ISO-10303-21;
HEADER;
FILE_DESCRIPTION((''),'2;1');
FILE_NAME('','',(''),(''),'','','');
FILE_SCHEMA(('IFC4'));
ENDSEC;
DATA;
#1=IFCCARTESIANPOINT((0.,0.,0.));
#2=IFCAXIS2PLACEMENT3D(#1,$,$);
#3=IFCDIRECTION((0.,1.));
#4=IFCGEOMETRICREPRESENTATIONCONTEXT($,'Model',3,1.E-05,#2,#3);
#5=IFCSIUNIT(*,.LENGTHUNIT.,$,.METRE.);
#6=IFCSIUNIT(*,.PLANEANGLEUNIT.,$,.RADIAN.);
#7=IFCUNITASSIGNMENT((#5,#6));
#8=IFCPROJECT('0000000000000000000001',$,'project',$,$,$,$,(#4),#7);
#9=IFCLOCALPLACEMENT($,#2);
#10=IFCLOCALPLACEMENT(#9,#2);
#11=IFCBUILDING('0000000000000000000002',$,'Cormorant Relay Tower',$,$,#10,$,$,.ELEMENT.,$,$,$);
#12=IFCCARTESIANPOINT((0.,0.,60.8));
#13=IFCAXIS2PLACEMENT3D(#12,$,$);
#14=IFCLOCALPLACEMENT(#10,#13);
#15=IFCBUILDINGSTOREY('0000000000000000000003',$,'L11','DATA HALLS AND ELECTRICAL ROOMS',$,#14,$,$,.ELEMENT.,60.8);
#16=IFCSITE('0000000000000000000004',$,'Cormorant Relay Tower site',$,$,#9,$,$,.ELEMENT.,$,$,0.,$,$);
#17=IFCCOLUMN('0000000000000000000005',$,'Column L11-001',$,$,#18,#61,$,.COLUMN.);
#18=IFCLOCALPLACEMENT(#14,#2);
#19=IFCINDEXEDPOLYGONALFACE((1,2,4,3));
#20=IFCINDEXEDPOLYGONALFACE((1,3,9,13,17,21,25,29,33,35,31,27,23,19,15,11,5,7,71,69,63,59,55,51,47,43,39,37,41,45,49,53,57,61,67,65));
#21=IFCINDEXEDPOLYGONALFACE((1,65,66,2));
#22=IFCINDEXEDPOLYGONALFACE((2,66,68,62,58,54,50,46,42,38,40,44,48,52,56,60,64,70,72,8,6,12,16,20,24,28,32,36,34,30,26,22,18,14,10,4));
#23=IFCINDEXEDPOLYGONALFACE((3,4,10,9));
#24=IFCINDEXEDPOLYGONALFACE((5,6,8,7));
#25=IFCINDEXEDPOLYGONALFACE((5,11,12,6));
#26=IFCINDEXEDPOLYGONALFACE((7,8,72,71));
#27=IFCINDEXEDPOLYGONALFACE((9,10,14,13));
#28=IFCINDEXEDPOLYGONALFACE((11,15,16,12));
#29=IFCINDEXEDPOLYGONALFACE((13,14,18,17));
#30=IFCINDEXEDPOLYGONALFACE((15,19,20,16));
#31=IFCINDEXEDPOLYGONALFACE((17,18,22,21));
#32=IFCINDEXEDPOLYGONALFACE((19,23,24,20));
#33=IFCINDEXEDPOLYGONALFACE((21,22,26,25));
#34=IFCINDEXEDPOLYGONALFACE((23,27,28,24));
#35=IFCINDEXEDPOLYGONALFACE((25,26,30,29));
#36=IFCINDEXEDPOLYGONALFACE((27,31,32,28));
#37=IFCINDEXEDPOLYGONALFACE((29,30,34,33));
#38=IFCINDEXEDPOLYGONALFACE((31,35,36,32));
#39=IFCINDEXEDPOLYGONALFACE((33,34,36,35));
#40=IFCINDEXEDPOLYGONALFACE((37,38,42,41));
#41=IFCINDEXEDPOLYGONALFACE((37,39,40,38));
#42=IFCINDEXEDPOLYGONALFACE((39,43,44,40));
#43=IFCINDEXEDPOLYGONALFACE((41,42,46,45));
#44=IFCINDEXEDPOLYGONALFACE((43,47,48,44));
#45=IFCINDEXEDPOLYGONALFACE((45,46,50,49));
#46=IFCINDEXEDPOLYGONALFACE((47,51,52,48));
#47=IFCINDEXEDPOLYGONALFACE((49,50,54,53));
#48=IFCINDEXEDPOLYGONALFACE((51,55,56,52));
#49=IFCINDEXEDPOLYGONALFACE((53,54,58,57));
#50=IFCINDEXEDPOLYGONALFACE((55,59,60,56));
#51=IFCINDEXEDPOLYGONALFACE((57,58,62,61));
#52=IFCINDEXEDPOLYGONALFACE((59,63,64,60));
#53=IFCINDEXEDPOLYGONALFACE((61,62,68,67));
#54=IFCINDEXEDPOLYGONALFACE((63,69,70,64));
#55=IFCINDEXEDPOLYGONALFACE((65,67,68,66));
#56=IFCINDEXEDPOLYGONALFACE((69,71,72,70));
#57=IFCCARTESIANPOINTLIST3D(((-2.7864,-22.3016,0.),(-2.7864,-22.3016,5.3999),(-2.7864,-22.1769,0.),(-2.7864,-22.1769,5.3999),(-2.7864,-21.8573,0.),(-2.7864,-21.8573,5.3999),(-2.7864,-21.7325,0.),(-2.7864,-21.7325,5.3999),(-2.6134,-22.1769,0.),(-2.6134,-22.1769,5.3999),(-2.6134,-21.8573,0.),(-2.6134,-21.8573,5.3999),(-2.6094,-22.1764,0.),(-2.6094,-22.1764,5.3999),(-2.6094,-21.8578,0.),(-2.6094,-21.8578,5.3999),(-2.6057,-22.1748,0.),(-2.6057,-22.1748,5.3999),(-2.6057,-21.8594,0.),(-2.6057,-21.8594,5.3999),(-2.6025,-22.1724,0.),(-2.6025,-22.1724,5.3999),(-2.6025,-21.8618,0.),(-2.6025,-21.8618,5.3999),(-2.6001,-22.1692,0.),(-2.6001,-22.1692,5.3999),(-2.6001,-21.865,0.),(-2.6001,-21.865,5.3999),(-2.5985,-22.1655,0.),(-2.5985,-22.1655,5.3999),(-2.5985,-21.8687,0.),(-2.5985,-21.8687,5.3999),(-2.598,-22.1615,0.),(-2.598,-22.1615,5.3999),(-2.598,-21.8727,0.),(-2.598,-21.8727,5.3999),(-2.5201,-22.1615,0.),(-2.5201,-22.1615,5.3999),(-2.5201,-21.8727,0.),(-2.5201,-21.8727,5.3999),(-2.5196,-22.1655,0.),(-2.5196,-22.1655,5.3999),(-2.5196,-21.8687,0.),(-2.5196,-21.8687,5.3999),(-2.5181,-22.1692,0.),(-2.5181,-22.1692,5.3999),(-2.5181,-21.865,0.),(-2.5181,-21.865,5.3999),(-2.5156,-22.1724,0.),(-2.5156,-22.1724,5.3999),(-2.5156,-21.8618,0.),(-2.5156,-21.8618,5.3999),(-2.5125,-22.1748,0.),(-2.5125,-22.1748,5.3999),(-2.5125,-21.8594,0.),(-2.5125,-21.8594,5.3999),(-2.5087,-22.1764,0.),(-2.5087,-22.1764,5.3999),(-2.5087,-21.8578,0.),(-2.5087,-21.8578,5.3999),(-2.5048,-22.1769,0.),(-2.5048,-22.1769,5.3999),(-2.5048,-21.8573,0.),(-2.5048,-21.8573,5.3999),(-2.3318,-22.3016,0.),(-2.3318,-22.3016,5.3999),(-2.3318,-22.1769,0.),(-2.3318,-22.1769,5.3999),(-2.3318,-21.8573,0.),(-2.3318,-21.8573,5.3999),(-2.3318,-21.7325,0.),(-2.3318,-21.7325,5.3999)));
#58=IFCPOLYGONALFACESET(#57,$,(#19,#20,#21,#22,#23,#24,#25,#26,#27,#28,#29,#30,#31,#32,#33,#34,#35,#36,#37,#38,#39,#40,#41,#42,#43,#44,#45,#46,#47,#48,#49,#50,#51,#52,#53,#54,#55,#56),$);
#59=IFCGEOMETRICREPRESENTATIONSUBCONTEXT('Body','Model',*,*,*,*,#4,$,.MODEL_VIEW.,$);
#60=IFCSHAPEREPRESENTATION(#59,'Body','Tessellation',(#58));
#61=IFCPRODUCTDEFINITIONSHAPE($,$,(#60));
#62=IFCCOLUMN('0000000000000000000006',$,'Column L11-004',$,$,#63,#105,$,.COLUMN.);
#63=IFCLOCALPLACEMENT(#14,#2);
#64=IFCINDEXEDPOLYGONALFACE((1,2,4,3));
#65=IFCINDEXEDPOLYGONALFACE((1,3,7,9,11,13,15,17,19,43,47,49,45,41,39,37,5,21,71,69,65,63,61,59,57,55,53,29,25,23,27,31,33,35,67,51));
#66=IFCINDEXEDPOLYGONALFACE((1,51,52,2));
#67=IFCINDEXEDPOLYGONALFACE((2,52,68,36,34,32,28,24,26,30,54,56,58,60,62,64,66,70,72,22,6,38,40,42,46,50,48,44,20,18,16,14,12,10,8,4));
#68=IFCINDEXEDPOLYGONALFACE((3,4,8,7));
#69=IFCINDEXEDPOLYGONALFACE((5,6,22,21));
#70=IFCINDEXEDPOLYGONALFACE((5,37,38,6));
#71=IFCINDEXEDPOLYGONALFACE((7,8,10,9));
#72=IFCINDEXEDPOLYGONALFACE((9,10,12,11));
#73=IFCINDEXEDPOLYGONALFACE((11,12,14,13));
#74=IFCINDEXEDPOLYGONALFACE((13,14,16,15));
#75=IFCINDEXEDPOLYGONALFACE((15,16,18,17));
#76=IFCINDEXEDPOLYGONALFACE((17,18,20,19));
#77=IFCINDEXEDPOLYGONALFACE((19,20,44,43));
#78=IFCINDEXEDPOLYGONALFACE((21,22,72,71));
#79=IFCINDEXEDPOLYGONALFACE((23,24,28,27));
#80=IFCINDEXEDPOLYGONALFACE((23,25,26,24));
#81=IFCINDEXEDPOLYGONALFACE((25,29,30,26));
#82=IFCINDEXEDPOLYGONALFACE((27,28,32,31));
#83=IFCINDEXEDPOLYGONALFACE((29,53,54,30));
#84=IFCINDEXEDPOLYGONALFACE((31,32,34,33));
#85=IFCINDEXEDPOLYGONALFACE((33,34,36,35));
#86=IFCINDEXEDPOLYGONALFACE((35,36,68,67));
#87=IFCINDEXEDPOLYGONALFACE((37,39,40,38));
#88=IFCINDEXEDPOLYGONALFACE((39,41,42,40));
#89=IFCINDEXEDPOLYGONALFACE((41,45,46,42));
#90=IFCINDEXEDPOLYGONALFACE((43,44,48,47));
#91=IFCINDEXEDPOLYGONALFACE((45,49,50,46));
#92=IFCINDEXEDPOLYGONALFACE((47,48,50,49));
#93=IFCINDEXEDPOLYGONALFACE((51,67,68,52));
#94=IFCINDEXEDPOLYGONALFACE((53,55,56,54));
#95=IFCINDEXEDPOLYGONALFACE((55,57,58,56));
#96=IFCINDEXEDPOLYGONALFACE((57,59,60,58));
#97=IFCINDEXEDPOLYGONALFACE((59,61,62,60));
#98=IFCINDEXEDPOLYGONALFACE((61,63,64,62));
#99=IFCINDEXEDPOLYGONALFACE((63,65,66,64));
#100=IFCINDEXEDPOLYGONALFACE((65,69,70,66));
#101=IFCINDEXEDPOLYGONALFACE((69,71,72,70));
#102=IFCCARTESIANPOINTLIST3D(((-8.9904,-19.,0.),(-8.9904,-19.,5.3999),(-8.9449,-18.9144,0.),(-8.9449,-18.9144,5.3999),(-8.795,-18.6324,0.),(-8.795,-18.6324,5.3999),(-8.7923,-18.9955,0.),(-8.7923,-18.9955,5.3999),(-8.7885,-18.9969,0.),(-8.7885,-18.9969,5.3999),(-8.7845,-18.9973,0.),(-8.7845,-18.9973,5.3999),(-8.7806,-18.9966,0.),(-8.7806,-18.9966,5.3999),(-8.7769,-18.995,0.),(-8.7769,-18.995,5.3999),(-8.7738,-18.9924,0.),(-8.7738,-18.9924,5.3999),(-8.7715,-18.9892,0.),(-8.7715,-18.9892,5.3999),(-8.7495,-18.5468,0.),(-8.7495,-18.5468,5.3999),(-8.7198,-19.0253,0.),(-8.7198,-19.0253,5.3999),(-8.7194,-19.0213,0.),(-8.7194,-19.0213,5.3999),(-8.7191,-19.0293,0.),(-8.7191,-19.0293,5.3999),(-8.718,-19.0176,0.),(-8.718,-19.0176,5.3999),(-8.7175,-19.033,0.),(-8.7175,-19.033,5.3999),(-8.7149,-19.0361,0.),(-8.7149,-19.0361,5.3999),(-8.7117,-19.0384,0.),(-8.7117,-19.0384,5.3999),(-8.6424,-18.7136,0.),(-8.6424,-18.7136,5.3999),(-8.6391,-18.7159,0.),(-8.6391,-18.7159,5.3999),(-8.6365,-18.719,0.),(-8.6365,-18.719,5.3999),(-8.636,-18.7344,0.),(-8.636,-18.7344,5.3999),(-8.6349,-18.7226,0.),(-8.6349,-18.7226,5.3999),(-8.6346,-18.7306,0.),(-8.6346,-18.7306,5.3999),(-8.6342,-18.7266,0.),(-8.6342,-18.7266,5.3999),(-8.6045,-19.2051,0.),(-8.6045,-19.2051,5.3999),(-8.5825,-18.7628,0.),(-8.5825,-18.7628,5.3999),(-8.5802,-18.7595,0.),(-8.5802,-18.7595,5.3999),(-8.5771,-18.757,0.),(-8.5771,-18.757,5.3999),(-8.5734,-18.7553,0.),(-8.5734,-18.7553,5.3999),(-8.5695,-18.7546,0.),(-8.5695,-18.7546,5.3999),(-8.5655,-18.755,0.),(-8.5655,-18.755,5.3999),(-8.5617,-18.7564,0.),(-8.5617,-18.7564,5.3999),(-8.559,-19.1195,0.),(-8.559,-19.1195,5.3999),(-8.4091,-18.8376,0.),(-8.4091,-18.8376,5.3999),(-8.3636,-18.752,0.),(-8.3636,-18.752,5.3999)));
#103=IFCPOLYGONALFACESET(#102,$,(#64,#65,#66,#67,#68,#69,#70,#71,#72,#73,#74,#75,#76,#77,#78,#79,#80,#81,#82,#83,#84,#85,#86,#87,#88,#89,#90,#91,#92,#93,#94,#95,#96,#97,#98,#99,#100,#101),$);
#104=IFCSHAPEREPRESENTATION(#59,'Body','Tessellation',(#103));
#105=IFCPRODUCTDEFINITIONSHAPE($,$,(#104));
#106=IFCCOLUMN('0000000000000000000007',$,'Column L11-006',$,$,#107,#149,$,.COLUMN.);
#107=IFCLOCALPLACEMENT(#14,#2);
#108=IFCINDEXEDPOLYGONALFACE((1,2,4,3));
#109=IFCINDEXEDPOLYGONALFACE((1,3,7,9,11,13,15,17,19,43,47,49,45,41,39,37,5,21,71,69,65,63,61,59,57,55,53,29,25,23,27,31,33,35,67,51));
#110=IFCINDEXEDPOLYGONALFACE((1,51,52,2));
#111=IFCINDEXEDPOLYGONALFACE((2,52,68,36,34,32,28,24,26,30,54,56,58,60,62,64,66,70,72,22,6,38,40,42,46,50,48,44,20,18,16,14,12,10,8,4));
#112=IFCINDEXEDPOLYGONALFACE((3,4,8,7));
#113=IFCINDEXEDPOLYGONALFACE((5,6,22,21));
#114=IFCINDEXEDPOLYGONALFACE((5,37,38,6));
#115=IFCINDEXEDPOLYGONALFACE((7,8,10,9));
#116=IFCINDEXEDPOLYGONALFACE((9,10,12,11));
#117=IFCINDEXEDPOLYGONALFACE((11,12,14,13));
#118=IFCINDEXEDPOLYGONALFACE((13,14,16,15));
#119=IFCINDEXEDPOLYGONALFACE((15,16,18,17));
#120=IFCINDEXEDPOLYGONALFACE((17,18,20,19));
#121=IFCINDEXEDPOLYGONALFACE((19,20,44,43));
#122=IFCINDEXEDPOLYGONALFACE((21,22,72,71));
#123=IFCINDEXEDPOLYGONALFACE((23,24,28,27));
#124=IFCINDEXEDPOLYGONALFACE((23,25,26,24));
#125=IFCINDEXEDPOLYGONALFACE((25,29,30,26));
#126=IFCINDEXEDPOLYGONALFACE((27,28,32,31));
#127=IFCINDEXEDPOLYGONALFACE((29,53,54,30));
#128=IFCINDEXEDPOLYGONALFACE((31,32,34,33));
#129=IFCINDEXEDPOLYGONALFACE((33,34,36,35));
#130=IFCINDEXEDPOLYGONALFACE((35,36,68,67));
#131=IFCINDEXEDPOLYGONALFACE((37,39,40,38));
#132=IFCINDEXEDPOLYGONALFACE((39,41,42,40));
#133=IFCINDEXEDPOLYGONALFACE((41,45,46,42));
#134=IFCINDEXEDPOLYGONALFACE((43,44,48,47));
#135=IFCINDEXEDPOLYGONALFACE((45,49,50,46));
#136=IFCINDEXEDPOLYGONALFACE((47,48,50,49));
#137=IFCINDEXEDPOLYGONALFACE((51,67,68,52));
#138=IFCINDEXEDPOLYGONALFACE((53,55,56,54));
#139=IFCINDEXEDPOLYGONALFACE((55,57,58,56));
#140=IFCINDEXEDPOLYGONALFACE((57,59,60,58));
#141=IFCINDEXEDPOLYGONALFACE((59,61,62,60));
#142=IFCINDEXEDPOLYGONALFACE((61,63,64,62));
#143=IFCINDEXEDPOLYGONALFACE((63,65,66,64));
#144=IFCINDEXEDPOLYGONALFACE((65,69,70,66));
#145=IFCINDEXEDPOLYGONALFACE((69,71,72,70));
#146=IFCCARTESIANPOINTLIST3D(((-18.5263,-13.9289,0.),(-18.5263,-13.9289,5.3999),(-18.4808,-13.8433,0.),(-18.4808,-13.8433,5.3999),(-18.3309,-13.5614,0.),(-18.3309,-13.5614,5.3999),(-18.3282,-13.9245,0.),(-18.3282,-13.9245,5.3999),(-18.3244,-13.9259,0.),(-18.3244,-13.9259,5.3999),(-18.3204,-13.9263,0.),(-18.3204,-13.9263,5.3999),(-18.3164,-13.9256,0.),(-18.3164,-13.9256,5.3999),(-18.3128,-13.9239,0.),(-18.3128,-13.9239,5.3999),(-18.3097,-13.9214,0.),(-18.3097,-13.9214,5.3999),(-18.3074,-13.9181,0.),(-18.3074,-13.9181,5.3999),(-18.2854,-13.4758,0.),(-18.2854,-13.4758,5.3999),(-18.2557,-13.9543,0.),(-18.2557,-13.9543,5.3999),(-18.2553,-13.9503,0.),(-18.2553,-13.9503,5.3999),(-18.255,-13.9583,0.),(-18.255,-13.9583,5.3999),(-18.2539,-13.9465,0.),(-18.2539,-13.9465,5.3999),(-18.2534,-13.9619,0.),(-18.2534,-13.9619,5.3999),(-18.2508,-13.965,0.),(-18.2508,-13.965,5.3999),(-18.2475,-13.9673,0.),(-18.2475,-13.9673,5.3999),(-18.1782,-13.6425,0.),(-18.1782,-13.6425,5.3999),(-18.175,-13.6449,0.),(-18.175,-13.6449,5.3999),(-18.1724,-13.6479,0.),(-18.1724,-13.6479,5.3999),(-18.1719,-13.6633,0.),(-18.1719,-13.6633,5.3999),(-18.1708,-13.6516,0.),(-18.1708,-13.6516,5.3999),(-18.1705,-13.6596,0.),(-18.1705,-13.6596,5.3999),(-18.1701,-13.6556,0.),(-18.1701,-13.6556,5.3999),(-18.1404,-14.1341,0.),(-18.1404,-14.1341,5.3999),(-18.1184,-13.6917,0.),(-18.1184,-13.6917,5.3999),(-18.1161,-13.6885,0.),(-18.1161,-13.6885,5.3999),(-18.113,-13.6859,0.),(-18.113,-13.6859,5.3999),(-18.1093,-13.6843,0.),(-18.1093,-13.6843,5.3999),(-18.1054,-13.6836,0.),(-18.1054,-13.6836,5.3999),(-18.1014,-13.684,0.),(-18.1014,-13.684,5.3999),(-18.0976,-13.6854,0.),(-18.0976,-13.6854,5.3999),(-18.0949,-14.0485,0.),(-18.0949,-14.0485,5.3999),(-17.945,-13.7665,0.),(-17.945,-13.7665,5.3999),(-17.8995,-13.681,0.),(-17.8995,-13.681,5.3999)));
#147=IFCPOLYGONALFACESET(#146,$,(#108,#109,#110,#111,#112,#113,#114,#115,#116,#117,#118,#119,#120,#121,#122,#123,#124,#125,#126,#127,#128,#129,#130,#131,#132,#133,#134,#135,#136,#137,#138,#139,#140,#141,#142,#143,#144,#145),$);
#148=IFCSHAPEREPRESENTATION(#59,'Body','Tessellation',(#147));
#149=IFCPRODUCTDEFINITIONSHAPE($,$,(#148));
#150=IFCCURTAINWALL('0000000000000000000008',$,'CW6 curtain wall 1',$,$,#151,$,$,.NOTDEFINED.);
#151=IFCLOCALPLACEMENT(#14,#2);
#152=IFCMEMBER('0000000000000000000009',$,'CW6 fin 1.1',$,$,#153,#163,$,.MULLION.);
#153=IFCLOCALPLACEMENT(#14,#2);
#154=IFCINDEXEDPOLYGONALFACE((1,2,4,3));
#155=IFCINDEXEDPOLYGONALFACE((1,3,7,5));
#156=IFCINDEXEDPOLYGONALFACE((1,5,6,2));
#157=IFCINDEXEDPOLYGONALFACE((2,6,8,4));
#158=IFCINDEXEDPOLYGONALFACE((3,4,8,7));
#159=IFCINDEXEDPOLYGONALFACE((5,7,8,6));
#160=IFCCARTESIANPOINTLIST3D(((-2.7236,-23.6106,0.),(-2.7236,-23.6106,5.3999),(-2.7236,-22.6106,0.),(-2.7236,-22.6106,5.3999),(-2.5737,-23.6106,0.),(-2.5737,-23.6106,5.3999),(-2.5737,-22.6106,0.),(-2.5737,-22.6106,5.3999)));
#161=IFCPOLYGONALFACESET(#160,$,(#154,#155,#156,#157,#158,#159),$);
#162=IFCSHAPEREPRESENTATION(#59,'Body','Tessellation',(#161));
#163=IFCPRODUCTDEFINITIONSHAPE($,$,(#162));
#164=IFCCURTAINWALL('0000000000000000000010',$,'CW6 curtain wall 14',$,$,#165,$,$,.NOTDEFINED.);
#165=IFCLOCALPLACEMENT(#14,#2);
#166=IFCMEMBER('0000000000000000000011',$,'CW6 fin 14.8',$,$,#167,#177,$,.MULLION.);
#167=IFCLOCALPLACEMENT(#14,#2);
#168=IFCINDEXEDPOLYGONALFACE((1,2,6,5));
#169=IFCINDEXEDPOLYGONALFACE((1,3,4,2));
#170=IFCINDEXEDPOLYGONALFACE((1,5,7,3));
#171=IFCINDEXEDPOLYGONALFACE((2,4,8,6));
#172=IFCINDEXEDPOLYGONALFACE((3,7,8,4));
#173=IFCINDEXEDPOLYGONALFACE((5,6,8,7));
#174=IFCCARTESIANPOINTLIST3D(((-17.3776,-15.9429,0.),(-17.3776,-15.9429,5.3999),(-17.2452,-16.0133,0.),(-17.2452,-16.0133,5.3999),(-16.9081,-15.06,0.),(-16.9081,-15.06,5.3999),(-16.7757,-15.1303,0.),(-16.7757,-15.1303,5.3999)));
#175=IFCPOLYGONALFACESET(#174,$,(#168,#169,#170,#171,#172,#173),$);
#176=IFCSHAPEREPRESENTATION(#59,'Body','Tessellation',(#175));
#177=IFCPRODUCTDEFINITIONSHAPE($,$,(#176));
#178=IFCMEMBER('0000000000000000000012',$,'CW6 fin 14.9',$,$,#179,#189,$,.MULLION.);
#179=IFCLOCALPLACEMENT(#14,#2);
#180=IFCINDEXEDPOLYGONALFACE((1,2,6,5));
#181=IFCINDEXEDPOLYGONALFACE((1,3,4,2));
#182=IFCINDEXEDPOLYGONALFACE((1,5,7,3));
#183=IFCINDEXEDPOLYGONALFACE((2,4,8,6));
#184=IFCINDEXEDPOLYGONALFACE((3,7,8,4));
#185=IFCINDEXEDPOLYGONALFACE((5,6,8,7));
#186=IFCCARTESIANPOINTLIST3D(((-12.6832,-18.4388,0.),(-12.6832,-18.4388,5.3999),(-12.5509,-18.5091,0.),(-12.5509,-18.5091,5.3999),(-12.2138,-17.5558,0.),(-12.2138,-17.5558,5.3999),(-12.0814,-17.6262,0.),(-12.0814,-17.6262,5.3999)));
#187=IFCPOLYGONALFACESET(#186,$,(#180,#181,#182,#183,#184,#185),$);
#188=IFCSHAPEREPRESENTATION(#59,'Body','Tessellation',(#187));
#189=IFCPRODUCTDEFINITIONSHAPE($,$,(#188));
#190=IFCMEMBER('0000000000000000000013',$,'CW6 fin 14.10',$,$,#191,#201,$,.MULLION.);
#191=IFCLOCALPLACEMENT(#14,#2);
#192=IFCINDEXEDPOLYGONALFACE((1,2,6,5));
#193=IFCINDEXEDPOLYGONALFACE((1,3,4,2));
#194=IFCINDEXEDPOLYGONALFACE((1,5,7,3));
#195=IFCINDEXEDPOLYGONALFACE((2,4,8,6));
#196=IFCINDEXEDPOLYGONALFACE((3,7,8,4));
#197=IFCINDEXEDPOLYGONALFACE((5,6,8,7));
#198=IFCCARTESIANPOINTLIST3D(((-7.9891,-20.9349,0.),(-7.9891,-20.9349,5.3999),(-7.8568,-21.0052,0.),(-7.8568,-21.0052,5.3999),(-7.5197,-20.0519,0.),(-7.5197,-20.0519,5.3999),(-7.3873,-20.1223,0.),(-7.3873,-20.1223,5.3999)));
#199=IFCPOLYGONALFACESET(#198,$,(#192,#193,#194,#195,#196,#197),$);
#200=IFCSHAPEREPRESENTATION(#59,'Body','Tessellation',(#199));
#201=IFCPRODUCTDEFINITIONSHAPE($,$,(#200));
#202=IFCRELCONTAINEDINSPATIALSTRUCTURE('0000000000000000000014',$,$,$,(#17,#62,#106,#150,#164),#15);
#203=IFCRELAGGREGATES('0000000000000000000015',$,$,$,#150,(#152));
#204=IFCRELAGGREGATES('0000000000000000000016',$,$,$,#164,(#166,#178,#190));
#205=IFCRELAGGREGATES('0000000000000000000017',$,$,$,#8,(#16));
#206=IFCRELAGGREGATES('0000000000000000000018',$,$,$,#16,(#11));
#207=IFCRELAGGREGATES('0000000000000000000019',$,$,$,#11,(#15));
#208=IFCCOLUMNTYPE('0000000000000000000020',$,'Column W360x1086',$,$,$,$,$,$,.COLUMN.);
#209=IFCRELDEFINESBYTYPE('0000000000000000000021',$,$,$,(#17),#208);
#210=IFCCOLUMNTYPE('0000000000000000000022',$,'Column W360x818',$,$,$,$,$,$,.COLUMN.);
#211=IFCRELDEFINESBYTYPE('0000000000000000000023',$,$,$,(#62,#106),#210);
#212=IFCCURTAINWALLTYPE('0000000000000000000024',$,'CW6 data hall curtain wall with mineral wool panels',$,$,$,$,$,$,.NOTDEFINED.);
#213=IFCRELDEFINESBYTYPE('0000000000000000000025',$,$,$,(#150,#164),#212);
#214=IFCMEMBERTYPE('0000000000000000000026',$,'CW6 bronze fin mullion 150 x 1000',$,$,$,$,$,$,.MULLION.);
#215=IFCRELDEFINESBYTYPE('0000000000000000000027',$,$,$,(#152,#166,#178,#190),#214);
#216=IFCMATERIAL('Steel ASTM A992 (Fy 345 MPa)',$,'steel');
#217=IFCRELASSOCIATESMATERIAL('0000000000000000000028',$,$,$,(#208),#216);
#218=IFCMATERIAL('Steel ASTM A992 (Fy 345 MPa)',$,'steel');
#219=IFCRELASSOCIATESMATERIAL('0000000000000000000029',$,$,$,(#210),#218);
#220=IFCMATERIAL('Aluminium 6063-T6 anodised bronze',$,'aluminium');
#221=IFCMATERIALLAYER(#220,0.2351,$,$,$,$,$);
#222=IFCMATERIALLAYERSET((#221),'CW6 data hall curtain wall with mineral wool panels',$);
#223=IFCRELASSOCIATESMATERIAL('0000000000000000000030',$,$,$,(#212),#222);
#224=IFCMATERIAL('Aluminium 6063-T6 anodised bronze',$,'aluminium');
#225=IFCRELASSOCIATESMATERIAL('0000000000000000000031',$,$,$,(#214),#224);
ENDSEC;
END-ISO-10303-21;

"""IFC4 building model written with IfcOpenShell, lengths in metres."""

from ifc_helpers import new_model, si_unit, direction, frame, origin, origin_2d, place, context, subcontext, project, spatial, rectangle, i_section, extrude, material, layer, layer_set, material_profile, profile_set, type_object, element, aggregate, save


model = new_model("IFC4")

# Units and contexts
model_context = context("Model", 3, precision=1e-05, world=origin(), true_north=direction((0.0, 1.0)))
body_context = subcontext(model_context, "Body", "Model", "MODEL_VIEW")
ifc_project = project(units=[si_unit("LENGTHUNIT", "METRE"), si_unit("PLANEANGLEUNIT", "RADIAN")], contexts=[model_context])

# Site, building, storey
site_placement = place(None, origin())
site = spatial("IfcSite", under=ifc_project, at=site_placement, Name="Cormorant Relay Tower site", CompositionType="ELEMENT", RefElevation=0.0)
building_placement = place(site_placement, origin())
building = spatial("IfcBuilding", under=site, at=building_placement, Name="Cormorant Relay Tower", CompositionType="ELEMENT")
storey_placement = place(building_placement, frame((0.0, 0.0, 60.8)))
storey = spatial("IfcBuildingStorey", under=building, at=storey_placement, Name="L11", Description="DATA HALLS AND ELECTRICAL ROOMS", CompositionType="ELEMENT", Elevation=60.8)

# Columns
ifc_material_1 = material(Name="Steel ASTM A992 (Fy 345 MPa)", Category="steel")
ifc_material_profile_1 = material_profile(ifc_material_1, i_section(OverallWidth=0.4546, OverallDepth=0.5691, WebThickness=0.0779, FlangeThickness=0.1248, FilletRadius=0.0154, at=origin_2d()), Name="W360x1086")
ifc_profile_set_1 = profile_set([ifc_material_profile_1], Name="Steel ASTM A992 (Fy 345 MPa)")
column_type_1 = type_object("IfcColumnType", Name="Column W360x1086", PredefinedType="COLUMN", material=ifc_profile_set_1)
column_placement = place(storey_placement, frame((-2.5591, -22.0171, 0.0), z_axis=(0.0, 0.0, 1.0), x_axis=(1.0, 0.0, 0.0)))
element("IfcColumn", 1, at=column_placement, inside=storey, type_object=column_type_1, Name="Column L11-001", PredefinedType="COLUMN", context=body_context, shape_type="SweptSolid", body=[
    extrude(i_section(OverallWidth=0.4546, OverallDepth=0.5691, WebThickness=0.0779, FlangeThickness=0.1248, FilletRadius=0.0154, at=origin_2d()), origin(), (0.0, 0.0, 1.0), 5.3999),
])
ifc_material_2 = material(Name="Steel ASTM A992 (Fy 345 MPa)", Category="steel")
ifc_material_profile_2 = material_profile(ifc_material_2, i_section(OverallWidth=0.437, OverallDepth=0.5132, WebThickness=0.0605, FlangeThickness=0.0969, FilletRadius=0.0154, at=origin_2d()), Name="W360x818")
ifc_profile_set_2 = profile_set([ifc_material_profile_2], Name="Steel ASTM A992 (Fy 345 MPa)")
column_type_2 = type_object("IfcColumnType", Name="Column W360x818", PredefinedType="COLUMN", material=ifc_profile_set_2)
for number, where, z_axis, x_axis, name in (
    (2, (-8.677, -18.876, 0.0), (0.0, 0.0, 1.0), (0.882948, -0.469472, 0.0), "Column L11-004"),
    (3, (-18.2129, -13.8049, 0.0), (0.0, 0.0, 1.0), (0.882948, -0.469472, 0.0), "Column L11-006"),
):
    element("IfcColumn", number, at=place(storey_placement, frame(where, z_axis=z_axis, x_axis=x_axis)), inside=storey, type_object=column_type_2, Name=name, PredefinedType="COLUMN", context=body_context, shape_type="SweptSolid", body=[
        extrude(i_section(OverallWidth=0.437, OverallDepth=0.5132, WebThickness=0.0605, FlangeThickness=0.0969, FilletRadius=0.0154, at=origin_2d()), origin(), (0.0, 0.0, 1.0), 5.3999),
    ])

# Curtain wall, member
ifc_material_3 = material(Name="Aluminium 6063-T6 anodised bronze", Category="aluminium")
ifc_layer_1 = layer(ifc_material_3, 0.2351)
ifc_layer_set_1 = layer_set([ifc_layer_1], Name="CW6 data hall curtain wall with mineral wool panels")
curtain_wall_type = type_object("IfcCurtainWallType", Name="CW6 data hall curtain wall with mineral wool panels", PredefinedType="NOTDEFINED", material=ifc_layer_set_1)
curtain_wall_1_placement = place(storey_placement, origin())
curtain_wall_1 = element("IfcCurtainWall", 4, at=curtain_wall_1_placement, inside=storey, type_object=curtain_wall_type, Name="CW6 curtain wall 1", PredefinedType="NOTDEFINED")
ifc_material_4 = material(Name="Aluminium 6063-T6 anodised bronze", Category="aluminium")
ifc_material_profile_3 = material_profile(ifc_material_4, rectangle(XDim=0.1499, YDim=1.0, at=origin_2d()), Name="AL 150x1000")
ifc_profile_set_3 = profile_set([ifc_material_profile_3], Name="Aluminium 6063-T6 anodised bronze")
member_type_1 = type_object("IfcMemberType", Name="CW6 bronze fin mullion 150 x 1000", PredefinedType="MULLION", material=ifc_profile_set_3)
member_1_placement = place(storey_placement, frame((-2.6487, -23.1106, 0.0), z_axis=(0.0, 0.0, 1.0), x_axis=(1.0, 0.0, 0.0)))
member_1 = element("IfcMember", 5, at=member_1_placement, type_object=member_type_1, Name="CW6 fin 1.1", PredefinedType="MULLION", context=body_context, shape_type="SweptSolid", body=[
    extrude(rectangle(XDim=0.1499, YDim=1.0, at=origin_2d()), origin(), (0.0, 0.0, 1.0), 5.3999),
])

# Curtain wall, members
curtain_wall_2_placement = place(storey_placement, origin())
curtain_wall_2 = element("IfcCurtainWall", 6, at=curtain_wall_2_placement, inside=storey, type_object=curtain_wall_type, Name="CW6 curtain wall 14", PredefinedType="NOTDEFINED")
member_2_placement = place(storey_placement, frame((-17.0767, -15.5366, 0.0), z_axis=(0.0, 0.0, 1.0), x_axis=(0.882948, -0.469472, 0.0)))
member_2 = element("IfcMember", 7, at=member_2_placement, type_object=member_type_1, Name="CW6 fin 14.8", PredefinedType="MULLION", context=body_context, shape_type="SweptSolid", body=[
    extrude(rectangle(XDim=0.1499, YDim=1.0, at=origin_2d()), origin(), (0.0, 0.0, 1.0), 5.3999),
])
member_3_placement = place(storey_placement, frame((-12.3823, -18.0325, 0.0), z_axis=(0.0, 0.0, 1.0), x_axis=(0.882948, -0.469472, 0.0)))
member_3 = element("IfcMember", 8, at=member_3_placement, type_object=member_type_1, Name="CW6 fin 14.9", PredefinedType="MULLION", context=body_context, shape_type="SweptSolid", body=[
    extrude(rectangle(XDim=0.1499, YDim=1.0, at=origin_2d()), origin(), (0.0, 0.0, 1.0), 5.3999),
])
member_4_placement = place(storey_placement, frame((-7.6882, -20.5286, 0.0), z_axis=(0.0, 0.0, 1.0), x_axis=(0.882948, -0.469472, 0.0)))
member_4 = element("IfcMember", 9, at=member_4_placement, type_object=member_type_1, Name="CW6 fin 14.10", PredefinedType="MULLION", context=body_context, shape_type="SweptSolid", body=[
    extrude(rectangle(XDim=0.1499, YDim=1.0, at=origin_2d()), origin(), (0.0, 0.0, 1.0), 5.3999),
])

aggregate(curtain_wall_1, [member_1])
aggregate(curtain_wall_2, [member_2, member_3, member_4])

save(model, "model.ifc")
